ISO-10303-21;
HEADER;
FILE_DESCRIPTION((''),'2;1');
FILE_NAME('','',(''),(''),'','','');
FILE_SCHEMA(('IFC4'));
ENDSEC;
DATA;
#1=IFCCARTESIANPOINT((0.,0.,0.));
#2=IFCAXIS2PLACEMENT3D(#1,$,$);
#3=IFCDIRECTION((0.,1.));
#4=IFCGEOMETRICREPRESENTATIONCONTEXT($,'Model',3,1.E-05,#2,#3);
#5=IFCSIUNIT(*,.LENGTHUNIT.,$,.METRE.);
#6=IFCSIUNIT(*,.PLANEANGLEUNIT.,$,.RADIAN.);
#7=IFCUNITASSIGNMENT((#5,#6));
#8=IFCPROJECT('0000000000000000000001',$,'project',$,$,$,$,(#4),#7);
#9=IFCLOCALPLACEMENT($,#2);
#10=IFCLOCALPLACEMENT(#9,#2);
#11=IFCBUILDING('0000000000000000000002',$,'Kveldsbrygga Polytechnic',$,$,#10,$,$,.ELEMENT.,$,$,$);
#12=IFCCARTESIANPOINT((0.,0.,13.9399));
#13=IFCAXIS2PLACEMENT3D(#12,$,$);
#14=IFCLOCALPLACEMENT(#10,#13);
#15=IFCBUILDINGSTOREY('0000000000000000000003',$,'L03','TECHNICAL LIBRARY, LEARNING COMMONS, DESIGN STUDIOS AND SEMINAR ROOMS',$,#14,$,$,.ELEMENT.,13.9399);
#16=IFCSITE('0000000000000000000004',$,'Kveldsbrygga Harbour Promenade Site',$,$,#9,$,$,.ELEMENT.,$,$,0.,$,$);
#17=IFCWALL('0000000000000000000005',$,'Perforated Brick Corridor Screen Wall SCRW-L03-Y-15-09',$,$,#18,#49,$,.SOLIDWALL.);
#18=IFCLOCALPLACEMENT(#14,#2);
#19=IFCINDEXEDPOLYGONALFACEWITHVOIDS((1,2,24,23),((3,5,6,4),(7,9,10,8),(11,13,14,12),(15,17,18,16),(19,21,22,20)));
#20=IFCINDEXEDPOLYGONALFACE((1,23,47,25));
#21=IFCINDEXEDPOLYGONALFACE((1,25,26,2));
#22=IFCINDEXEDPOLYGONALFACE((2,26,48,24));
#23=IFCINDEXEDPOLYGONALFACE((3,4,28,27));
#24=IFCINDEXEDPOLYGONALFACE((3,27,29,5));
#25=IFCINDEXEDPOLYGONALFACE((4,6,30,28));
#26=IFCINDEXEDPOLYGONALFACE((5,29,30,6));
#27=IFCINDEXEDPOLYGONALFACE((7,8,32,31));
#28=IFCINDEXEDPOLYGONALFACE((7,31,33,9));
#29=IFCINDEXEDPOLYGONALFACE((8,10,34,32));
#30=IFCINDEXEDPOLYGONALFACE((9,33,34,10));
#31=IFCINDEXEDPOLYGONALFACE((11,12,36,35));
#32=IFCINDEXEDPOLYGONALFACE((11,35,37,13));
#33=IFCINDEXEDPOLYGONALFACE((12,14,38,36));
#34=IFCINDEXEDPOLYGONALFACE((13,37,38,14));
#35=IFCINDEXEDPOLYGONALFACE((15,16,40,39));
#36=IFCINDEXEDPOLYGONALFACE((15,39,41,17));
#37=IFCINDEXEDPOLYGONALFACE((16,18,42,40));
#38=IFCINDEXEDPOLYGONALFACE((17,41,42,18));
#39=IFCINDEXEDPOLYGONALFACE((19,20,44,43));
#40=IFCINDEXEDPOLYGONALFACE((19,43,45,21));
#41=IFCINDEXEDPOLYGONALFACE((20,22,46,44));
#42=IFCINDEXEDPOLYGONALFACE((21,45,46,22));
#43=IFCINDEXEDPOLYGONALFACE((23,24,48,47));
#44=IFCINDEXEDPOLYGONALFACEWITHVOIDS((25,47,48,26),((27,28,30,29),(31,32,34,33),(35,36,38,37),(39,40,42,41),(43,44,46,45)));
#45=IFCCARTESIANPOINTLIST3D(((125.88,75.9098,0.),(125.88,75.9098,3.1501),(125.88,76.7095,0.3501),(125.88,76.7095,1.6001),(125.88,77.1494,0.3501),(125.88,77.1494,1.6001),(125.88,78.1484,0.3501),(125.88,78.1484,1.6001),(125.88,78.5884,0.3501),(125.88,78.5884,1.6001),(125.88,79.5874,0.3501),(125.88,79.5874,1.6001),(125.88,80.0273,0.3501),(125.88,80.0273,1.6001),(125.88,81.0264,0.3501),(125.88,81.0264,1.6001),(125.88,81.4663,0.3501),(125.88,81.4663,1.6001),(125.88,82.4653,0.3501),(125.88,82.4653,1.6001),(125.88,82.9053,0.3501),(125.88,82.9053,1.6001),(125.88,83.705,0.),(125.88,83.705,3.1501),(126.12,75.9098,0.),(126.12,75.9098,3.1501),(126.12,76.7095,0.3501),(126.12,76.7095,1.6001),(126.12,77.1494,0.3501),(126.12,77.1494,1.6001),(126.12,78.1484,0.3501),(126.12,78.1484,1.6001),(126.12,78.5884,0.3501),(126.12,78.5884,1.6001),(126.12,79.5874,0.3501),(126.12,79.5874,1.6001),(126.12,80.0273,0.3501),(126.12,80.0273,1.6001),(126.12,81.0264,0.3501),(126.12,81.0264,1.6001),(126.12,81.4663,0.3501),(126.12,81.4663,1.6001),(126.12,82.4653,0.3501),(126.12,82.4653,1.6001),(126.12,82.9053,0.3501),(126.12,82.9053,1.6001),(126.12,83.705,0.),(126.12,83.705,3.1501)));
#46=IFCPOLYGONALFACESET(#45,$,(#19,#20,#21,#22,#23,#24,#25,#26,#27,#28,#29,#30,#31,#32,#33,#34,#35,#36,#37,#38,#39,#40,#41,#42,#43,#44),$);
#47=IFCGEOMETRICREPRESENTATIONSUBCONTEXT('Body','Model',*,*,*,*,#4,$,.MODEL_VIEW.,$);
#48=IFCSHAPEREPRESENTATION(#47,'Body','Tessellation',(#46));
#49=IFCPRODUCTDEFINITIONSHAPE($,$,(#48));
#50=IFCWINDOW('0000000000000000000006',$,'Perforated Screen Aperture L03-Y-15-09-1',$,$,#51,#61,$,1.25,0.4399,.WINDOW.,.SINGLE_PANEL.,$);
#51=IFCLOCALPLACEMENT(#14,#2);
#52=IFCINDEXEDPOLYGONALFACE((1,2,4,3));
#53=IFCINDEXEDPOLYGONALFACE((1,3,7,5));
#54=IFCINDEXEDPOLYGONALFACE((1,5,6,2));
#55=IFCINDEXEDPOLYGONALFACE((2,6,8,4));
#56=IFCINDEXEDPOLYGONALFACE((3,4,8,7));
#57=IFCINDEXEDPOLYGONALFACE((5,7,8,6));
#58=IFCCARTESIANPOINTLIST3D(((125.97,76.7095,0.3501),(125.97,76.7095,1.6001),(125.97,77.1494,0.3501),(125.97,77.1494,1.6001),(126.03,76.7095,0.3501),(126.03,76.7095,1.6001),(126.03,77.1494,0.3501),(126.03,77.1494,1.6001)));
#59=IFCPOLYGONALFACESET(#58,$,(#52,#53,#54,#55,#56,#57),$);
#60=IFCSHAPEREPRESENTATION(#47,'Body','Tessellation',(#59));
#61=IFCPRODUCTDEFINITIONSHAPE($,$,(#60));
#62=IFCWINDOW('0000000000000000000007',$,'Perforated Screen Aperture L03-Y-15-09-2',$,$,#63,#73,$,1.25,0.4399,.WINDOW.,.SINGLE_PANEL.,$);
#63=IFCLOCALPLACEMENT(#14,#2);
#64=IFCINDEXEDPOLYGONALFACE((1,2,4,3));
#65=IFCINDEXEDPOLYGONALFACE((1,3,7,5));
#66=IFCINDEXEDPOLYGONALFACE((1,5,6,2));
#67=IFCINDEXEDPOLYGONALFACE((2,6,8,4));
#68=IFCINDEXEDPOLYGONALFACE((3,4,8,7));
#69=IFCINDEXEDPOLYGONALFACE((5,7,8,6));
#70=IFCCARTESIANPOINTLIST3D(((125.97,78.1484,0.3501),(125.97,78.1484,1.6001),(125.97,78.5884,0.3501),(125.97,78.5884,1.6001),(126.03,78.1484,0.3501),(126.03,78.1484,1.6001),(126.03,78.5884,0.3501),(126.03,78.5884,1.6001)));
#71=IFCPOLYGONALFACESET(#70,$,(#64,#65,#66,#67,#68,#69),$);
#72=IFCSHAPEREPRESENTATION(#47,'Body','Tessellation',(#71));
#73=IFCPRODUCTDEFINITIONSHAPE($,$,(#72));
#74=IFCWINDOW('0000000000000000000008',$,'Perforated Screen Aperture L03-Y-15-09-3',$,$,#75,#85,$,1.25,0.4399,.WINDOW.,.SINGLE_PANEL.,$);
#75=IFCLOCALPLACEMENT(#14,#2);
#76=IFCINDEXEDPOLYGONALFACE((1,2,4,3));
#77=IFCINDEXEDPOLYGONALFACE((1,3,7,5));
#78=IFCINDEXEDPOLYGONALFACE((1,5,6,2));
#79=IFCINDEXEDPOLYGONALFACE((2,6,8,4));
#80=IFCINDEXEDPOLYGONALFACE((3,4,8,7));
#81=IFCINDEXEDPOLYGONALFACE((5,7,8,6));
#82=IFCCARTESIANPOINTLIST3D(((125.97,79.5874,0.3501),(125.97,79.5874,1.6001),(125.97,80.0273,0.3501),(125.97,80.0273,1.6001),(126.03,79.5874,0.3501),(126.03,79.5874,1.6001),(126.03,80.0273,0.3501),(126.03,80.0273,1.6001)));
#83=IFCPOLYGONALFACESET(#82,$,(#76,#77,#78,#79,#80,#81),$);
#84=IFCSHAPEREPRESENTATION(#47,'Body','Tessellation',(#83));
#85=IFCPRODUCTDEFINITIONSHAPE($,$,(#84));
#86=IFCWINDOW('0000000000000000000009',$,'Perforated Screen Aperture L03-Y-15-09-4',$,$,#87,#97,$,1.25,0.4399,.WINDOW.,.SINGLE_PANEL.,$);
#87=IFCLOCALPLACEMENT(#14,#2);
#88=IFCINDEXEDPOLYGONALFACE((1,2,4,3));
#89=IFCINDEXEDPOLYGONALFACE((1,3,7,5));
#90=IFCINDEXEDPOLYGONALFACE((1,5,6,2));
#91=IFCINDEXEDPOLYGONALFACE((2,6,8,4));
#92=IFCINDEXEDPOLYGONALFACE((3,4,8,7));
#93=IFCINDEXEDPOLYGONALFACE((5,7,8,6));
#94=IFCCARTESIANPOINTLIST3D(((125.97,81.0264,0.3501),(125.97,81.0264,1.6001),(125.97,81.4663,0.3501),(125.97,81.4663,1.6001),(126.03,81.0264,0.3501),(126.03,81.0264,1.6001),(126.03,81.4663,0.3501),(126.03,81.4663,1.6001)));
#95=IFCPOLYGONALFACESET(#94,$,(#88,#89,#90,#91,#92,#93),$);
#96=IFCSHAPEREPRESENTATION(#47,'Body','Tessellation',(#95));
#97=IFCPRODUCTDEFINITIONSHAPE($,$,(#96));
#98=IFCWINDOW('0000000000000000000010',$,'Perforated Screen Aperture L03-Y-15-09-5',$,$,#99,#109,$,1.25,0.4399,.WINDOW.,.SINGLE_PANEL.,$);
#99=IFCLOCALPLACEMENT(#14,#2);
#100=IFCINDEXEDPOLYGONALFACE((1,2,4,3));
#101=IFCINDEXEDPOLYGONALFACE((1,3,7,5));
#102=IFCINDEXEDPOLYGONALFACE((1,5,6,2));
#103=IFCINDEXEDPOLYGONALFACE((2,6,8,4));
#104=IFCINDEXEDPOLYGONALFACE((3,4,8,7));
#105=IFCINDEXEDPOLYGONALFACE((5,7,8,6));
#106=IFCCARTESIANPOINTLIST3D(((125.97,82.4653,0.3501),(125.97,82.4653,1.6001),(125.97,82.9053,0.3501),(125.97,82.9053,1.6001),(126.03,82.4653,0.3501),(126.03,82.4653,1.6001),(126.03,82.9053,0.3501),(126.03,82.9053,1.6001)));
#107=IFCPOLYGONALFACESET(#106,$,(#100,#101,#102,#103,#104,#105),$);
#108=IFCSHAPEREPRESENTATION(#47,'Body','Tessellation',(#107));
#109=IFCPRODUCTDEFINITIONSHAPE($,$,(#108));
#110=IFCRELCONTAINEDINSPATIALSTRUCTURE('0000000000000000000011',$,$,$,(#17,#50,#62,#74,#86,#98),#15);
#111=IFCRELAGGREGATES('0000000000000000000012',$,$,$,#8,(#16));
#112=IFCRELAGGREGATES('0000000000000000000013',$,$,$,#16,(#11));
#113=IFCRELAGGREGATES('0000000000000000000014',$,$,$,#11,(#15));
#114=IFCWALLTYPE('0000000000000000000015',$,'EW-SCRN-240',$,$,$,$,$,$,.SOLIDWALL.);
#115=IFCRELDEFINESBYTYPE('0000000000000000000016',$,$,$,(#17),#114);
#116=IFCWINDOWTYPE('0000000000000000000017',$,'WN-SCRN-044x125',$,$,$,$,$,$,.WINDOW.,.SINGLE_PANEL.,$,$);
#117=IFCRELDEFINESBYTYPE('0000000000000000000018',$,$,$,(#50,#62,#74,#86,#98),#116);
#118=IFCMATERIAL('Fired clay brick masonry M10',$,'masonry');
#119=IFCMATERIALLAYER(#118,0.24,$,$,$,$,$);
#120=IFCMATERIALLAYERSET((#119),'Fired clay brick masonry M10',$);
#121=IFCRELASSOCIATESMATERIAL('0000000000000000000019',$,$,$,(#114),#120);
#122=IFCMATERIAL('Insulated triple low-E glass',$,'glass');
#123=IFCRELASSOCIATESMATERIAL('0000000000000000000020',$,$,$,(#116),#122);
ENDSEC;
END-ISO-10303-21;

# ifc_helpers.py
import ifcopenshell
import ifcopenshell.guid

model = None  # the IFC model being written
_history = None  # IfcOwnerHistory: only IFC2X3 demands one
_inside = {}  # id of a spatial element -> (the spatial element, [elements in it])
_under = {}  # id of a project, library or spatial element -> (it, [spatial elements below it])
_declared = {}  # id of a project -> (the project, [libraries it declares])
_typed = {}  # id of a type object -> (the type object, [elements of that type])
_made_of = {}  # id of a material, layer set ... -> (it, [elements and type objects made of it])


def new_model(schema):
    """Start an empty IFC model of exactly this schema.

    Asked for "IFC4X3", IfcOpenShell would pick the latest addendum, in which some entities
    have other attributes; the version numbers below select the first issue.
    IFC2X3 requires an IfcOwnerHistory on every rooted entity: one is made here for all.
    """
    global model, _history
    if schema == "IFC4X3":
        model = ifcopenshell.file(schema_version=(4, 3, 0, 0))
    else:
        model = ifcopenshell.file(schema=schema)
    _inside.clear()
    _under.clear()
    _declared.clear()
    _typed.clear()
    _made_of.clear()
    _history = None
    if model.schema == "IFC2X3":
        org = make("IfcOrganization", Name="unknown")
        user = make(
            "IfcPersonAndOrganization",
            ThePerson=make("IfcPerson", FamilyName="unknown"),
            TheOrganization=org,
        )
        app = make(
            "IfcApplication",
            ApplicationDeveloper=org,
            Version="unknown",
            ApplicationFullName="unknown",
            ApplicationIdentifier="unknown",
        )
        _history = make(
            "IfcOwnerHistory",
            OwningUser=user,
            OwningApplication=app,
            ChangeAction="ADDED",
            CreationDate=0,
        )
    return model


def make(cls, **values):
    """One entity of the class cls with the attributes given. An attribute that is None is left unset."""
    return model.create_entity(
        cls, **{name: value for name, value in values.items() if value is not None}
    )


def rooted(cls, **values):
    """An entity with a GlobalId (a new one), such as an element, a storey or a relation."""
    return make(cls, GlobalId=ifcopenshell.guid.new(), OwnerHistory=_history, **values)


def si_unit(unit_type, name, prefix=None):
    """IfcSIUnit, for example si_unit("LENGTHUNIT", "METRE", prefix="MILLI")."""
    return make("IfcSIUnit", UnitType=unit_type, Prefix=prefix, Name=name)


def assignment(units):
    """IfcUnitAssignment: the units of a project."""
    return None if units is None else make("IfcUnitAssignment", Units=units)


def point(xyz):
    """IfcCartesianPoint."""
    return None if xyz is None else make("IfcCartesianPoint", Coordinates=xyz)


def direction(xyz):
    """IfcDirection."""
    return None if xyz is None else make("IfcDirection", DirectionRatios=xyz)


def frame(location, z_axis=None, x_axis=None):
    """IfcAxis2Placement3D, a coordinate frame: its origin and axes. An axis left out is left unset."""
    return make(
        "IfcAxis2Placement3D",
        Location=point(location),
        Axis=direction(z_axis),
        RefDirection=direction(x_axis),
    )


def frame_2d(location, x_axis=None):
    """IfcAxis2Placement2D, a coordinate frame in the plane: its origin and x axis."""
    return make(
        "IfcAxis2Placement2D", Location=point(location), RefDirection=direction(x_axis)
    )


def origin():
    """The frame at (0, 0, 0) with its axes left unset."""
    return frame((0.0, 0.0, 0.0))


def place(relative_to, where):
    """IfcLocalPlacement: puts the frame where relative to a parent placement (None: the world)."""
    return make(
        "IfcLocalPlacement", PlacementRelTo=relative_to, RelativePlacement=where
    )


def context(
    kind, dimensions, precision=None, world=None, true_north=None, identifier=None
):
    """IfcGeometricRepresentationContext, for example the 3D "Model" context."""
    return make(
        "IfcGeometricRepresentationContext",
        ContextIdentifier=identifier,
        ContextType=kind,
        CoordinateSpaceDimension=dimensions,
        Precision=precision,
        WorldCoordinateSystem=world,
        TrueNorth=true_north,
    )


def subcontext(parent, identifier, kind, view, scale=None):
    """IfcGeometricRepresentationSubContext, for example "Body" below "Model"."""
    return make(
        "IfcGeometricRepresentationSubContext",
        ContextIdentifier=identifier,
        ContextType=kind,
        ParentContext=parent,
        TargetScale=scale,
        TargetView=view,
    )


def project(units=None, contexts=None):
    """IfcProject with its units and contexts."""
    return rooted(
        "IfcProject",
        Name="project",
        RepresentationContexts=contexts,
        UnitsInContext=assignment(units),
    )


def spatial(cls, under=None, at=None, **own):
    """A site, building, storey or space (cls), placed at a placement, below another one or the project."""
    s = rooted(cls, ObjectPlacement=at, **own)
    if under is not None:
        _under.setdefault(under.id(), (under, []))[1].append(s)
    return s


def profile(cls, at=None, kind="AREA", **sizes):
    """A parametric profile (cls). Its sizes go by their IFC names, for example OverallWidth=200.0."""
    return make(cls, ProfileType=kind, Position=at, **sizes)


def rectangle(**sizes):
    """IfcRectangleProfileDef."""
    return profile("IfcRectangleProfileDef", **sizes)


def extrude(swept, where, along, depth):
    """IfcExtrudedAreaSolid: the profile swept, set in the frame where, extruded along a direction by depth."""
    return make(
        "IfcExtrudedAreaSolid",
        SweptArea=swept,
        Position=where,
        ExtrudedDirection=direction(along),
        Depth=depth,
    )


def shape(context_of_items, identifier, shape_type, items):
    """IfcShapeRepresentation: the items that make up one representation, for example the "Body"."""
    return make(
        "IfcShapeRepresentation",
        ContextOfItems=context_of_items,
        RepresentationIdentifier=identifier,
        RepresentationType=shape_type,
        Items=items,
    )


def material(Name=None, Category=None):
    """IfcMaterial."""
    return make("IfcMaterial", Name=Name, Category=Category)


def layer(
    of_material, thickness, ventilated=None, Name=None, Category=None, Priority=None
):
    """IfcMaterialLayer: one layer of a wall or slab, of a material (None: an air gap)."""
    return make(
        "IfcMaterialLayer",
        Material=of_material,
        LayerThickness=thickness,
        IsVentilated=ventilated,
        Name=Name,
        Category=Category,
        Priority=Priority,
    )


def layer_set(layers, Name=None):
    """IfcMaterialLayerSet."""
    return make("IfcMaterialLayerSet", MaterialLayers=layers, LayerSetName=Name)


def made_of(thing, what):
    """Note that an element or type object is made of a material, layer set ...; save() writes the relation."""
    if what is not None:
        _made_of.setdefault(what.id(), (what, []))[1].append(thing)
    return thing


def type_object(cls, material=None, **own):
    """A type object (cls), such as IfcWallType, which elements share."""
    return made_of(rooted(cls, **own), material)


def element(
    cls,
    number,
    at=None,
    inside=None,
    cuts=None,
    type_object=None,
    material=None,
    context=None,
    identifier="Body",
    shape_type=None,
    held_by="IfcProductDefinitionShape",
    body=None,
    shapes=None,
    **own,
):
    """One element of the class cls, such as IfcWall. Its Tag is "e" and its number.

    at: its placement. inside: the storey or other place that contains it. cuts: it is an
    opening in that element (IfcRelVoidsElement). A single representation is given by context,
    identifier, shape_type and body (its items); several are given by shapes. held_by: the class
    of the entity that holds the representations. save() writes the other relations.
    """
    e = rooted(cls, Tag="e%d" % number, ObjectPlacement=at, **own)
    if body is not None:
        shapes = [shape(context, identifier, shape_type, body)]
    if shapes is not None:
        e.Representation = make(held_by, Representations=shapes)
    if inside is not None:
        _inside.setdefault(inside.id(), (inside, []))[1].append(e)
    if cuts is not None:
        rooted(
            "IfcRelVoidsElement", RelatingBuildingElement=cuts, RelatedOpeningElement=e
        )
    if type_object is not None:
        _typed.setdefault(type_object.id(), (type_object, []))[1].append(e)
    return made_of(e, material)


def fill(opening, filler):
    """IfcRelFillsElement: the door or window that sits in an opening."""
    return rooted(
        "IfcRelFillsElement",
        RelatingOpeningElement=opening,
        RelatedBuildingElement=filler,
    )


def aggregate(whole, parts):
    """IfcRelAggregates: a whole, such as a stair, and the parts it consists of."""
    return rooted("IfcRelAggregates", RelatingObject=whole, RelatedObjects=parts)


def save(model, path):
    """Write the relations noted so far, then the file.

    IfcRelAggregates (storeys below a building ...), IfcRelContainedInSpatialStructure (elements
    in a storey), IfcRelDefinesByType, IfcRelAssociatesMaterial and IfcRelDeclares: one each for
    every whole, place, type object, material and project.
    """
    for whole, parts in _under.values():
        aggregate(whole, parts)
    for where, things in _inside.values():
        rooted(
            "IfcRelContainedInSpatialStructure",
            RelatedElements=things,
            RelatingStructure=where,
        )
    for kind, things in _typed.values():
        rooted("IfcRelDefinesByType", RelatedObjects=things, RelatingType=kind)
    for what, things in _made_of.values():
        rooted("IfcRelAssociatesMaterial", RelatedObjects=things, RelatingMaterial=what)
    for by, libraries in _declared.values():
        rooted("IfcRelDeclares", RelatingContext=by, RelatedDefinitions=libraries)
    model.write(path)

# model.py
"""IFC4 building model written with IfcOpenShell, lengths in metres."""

from ifc_helpers import new_model, si_unit, direction, frame, frame_2d, origin, place, context, subcontext, project, spatial, rectangle, extrude, material, layer, layer_set, type_object, element, fill, save


model = new_model("IFC4")

# Units and contexts
model_context = context("Model", 3, precision=1e-05, world=origin(), true_north=direction((0.0, 1.0)))
body_context = subcontext(model_context, "Body", "Model", "MODEL_VIEW")
ifc_project = project(units=[si_unit("LENGTHUNIT", "METRE"), si_unit("PLANEANGLEUNIT", "RADIAN")], contexts=[model_context])

# Site, building, storey
site_placement = place(None, origin())
site = spatial("IfcSite", under=ifc_project, at=site_placement, Name="Kveldsbrygga Harbour Promenade Site", CompositionType="ELEMENT", RefElevation=0.0)
building_placement = place(site_placement, origin())
building = spatial("IfcBuilding", under=site, at=building_placement, Name="Kveldsbrygga Polytechnic", CompositionType="ELEMENT")
storey_placement = place(building_placement, frame((0.0, 0.0, 13.9399)))
storey = spatial("IfcBuildingStorey", under=building, at=storey_placement, Name="L03", Description="TECHNICAL LIBRARY, LEARNING COMMONS, DESIGN STUDIOS AND SEMINAR ROOMS", CompositionType="ELEMENT", Elevation=13.9399)

# Wall, openings, windows
ifc_material_1 = material(Name="Fired clay brick masonry M10", Category="masonry")
ifc_layer = layer(ifc_material_1, 0.24)
ifc_layer_set = layer_set([ifc_layer], Name="Fired clay brick masonry M10")
wall_type = type_object("IfcWallType", Name="EW-SCRN-240", PredefinedType="SOLIDWALL", material=ifc_layer_set)
ifc_material_2 = material(Name="Insulated triple low-E glass", Category="glass")
window_type = type_object("IfcWindowType", Name="WN-SCRN-044x125", PartitioningType="SINGLE_PANEL", PredefinedType="WINDOW", material=ifc_material_2)
wall_1_placement = place(storey_placement, frame((126.0, 75.9099, 0.0), z_axis=(0.0, 0.0, 1.0), x_axis=(0.0, 1.0, 0.0)))
wall_1 = element("IfcWall", 1, at=wall_1_placement, inside=storey, type_object=wall_type, Name="Perforated Brick Corridor Screen Wall SCRW-L03-Y-15-09", PredefinedType="SOLIDWALL", context=body_context, shape_type="SweptSolid", body=[
    extrude(rectangle(XDim=7.7952, YDim=0.24, at=frame_2d((3.8975, 0.0))), origin(), (0.0, 0.0, 1.0), 3.1501),
])
opening_1_placement = place(wall_1_placement, frame((0.7996, 0.0, 0.3501)))
opening_1 = element("IfcOpeningElement", 2, at=opening_1_placement, cuts=wall_1, PredefinedType="OPENING", context=body_context, shape_type="SweptSolid", body=[
    extrude(rectangle(XDim=0.4399, YDim=1.25, at=frame_2d((0.22, 0.625))), frame((0.0, 0.1299, 0.0), z_axis=(0.0, -1.0, 0.0), x_axis=(1.0, 0.0, 0.0)), (0.0, 0.0, 1.0), 0.26),
])
opening_2_placement = place(wall_1_placement, frame((2.2385, 0.0, 0.3501)))
opening_2 = element("IfcOpeningElement", 3, at=opening_2_placement, cuts=wall_1, PredefinedType="OPENING", context=body_context, shape_type="SweptSolid", body=[
    extrude(rectangle(XDim=0.4399, YDim=1.25, at=frame_2d((0.22, 0.625))), frame((0.0, 0.1299, 0.0), z_axis=(0.0, -1.0, 0.0), x_axis=(1.0, 0.0, 0.0)), (0.0, 0.0, 1.0), 0.26),
])
opening_3_placement = place(wall_1_placement, frame((3.6775, 0.0, 0.3501)))
opening_3 = element("IfcOpeningElement", 4, at=opening_3_placement, cuts=wall_1, PredefinedType="OPENING", context=body_context, shape_type="SweptSolid", body=[
    extrude(rectangle(XDim=0.4399, YDim=1.25, at=frame_2d((0.22, 0.625))), frame((0.0, 0.1299, 0.0), z_axis=(0.0, -1.0, 0.0), x_axis=(1.0, 0.0, 0.0)), (0.0, 0.0, 1.0), 0.26),
])
opening_4_placement = place(wall_1_placement, frame((5.1165, 0.0, 0.3501)))
opening_4 = element("IfcOpeningElement", 5, at=opening_4_placement, cuts=wall_1, PredefinedType="OPENING", context=body_context, shape_type="SweptSolid", body=[
    extrude(rectangle(XDim=0.4399, YDim=1.25, at=frame_2d((0.22, 0.625))), frame((0.0, 0.1299, 0.0), z_axis=(0.0, -1.0, 0.0), x_axis=(1.0, 0.0, 0.0)), (0.0, 0.0, 1.0), 0.26),
])
opening_5_placement = place(wall_1_placement, frame((6.5554, 0.0, 0.3501)))
opening_5 = element("IfcOpeningElement", 6, at=opening_5_placement, cuts=wall_1, PredefinedType="OPENING", context=body_context, shape_type="SweptSolid", body=[
    extrude(rectangle(XDim=0.4399, YDim=1.25, at=frame_2d((0.22, 0.625))), frame((0.0, 0.1299, 0.0), z_axis=(0.0, -1.0, 0.0), x_axis=(1.0, 0.0, 0.0)), (0.0, 0.0, 1.0), 0.26),
])
window_1_placement = place(opening_1_placement, origin())
window_1 = element("IfcWindow", 7, at=window_1_placement, inside=storey, type_object=window_type, Name="Perforated Screen Aperture L03-Y-15-09-1", OverallHeight=1.25, OverallWidth=0.4399, PartitioningType="SINGLE_PANEL", PredefinedType="WINDOW", context=body_context, shape_type="SweptSolid", body=[
    extrude(rectangle(XDim=0.4399, YDim=1.25, at=frame_2d((0.22, 0.625))), frame((0.0, 0.03, 0.0), z_axis=(0.0, -1.0, 0.0), x_axis=(1.0, 0.0, 0.0)), (0.0, 0.0, 1.0), 0.0601),
])
fill(opening_1, window_1)
window_2_placement = place(opening_2_placement, origin())
window_2 = element("IfcWindow", 8, at=window_2_placement, inside=storey, type_object=window_type, Name="Perforated Screen Aperture L03-Y-15-09-2", OverallHeight=1.25, OverallWidth=0.4399, PartitioningType="SINGLE_PANEL", PredefinedType="WINDOW", context=body_context, shape_type="SweptSolid", body=[
    extrude(rectangle(XDim=0.4399, YDim=1.25, at=frame_2d((0.22, 0.625))), frame((0.0, 0.03, 0.0), z_axis=(0.0, -1.0, 0.0), x_axis=(1.0, 0.0, 0.0)), (0.0, 0.0, 1.0), 0.0601),
])
fill(opening_2, window_2)
window_3_placement = place(opening_3_placement, origin())
window_3 = element("IfcWindow", 9, at=window_3_placement, inside=storey, type_object=window_type, Name="Perforated Screen Aperture L03-Y-15-09-3", OverallHeight=1.25, OverallWidth=0.4399, PartitioningType="SINGLE_PANEL", PredefinedType="WINDOW", context=body_context, shape_type="SweptSolid", body=[
    extrude(rectangle(XDim=0.4399, YDim=1.25, at=frame_2d((0.22, 0.625))), frame((0.0, 0.03, 0.0), z_axis=(0.0, -1.0, 0.0), x_axis=(1.0, 0.0, 0.0)), (0.0, 0.0, 1.0), 0.0601),
])
fill(opening_3, window_3)
window_4_placement = place(opening_4_placement, origin())
window_4 = element("IfcWindow", 10, at=window_4_placement, inside=storey, type_object=window_type, Name="Perforated Screen Aperture L03-Y-15-09-4", OverallHeight=1.25, OverallWidth=0.4399, PartitioningType="SINGLE_PANEL", PredefinedType="WINDOW", context=body_context, shape_type="SweptSolid", body=[
    extrude(rectangle(XDim=0.4399, YDim=1.25, at=frame_2d((0.22, 0.625))), frame((0.0, 0.03, 0.0), z_axis=(0.0, -1.0, 0.0), x_axis=(1.0, 0.0, 0.0)), (0.0, 0.0, 1.0), 0.0601),
])
fill(opening_4, window_4)
window_5_placement = place(opening_5_placement, origin())
window_5 = element("IfcWindow", 11, at=window_5_placement, inside=storey, type_object=window_type, Name="Perforated Screen Aperture L03-Y-15-09-5", OverallHeight=1.25, OverallWidth=0.4399, PartitioningType="SINGLE_PANEL", PredefinedType="WINDOW", context=body_context, shape_type="SweptSolid", body=[
    extrude(rectangle(XDim=0.4399, YDim=1.25, at=frame_2d((0.22, 0.625))), frame((0.0, 0.03, 0.0), z_axis=(0.0, -1.0, 0.0), x_axis=(1.0, 0.0, 0.0)), (0.0, 0.0, 1.0), 0.0601),
])
fill(opening_5, window_5)

save(model, "model.ifc")
